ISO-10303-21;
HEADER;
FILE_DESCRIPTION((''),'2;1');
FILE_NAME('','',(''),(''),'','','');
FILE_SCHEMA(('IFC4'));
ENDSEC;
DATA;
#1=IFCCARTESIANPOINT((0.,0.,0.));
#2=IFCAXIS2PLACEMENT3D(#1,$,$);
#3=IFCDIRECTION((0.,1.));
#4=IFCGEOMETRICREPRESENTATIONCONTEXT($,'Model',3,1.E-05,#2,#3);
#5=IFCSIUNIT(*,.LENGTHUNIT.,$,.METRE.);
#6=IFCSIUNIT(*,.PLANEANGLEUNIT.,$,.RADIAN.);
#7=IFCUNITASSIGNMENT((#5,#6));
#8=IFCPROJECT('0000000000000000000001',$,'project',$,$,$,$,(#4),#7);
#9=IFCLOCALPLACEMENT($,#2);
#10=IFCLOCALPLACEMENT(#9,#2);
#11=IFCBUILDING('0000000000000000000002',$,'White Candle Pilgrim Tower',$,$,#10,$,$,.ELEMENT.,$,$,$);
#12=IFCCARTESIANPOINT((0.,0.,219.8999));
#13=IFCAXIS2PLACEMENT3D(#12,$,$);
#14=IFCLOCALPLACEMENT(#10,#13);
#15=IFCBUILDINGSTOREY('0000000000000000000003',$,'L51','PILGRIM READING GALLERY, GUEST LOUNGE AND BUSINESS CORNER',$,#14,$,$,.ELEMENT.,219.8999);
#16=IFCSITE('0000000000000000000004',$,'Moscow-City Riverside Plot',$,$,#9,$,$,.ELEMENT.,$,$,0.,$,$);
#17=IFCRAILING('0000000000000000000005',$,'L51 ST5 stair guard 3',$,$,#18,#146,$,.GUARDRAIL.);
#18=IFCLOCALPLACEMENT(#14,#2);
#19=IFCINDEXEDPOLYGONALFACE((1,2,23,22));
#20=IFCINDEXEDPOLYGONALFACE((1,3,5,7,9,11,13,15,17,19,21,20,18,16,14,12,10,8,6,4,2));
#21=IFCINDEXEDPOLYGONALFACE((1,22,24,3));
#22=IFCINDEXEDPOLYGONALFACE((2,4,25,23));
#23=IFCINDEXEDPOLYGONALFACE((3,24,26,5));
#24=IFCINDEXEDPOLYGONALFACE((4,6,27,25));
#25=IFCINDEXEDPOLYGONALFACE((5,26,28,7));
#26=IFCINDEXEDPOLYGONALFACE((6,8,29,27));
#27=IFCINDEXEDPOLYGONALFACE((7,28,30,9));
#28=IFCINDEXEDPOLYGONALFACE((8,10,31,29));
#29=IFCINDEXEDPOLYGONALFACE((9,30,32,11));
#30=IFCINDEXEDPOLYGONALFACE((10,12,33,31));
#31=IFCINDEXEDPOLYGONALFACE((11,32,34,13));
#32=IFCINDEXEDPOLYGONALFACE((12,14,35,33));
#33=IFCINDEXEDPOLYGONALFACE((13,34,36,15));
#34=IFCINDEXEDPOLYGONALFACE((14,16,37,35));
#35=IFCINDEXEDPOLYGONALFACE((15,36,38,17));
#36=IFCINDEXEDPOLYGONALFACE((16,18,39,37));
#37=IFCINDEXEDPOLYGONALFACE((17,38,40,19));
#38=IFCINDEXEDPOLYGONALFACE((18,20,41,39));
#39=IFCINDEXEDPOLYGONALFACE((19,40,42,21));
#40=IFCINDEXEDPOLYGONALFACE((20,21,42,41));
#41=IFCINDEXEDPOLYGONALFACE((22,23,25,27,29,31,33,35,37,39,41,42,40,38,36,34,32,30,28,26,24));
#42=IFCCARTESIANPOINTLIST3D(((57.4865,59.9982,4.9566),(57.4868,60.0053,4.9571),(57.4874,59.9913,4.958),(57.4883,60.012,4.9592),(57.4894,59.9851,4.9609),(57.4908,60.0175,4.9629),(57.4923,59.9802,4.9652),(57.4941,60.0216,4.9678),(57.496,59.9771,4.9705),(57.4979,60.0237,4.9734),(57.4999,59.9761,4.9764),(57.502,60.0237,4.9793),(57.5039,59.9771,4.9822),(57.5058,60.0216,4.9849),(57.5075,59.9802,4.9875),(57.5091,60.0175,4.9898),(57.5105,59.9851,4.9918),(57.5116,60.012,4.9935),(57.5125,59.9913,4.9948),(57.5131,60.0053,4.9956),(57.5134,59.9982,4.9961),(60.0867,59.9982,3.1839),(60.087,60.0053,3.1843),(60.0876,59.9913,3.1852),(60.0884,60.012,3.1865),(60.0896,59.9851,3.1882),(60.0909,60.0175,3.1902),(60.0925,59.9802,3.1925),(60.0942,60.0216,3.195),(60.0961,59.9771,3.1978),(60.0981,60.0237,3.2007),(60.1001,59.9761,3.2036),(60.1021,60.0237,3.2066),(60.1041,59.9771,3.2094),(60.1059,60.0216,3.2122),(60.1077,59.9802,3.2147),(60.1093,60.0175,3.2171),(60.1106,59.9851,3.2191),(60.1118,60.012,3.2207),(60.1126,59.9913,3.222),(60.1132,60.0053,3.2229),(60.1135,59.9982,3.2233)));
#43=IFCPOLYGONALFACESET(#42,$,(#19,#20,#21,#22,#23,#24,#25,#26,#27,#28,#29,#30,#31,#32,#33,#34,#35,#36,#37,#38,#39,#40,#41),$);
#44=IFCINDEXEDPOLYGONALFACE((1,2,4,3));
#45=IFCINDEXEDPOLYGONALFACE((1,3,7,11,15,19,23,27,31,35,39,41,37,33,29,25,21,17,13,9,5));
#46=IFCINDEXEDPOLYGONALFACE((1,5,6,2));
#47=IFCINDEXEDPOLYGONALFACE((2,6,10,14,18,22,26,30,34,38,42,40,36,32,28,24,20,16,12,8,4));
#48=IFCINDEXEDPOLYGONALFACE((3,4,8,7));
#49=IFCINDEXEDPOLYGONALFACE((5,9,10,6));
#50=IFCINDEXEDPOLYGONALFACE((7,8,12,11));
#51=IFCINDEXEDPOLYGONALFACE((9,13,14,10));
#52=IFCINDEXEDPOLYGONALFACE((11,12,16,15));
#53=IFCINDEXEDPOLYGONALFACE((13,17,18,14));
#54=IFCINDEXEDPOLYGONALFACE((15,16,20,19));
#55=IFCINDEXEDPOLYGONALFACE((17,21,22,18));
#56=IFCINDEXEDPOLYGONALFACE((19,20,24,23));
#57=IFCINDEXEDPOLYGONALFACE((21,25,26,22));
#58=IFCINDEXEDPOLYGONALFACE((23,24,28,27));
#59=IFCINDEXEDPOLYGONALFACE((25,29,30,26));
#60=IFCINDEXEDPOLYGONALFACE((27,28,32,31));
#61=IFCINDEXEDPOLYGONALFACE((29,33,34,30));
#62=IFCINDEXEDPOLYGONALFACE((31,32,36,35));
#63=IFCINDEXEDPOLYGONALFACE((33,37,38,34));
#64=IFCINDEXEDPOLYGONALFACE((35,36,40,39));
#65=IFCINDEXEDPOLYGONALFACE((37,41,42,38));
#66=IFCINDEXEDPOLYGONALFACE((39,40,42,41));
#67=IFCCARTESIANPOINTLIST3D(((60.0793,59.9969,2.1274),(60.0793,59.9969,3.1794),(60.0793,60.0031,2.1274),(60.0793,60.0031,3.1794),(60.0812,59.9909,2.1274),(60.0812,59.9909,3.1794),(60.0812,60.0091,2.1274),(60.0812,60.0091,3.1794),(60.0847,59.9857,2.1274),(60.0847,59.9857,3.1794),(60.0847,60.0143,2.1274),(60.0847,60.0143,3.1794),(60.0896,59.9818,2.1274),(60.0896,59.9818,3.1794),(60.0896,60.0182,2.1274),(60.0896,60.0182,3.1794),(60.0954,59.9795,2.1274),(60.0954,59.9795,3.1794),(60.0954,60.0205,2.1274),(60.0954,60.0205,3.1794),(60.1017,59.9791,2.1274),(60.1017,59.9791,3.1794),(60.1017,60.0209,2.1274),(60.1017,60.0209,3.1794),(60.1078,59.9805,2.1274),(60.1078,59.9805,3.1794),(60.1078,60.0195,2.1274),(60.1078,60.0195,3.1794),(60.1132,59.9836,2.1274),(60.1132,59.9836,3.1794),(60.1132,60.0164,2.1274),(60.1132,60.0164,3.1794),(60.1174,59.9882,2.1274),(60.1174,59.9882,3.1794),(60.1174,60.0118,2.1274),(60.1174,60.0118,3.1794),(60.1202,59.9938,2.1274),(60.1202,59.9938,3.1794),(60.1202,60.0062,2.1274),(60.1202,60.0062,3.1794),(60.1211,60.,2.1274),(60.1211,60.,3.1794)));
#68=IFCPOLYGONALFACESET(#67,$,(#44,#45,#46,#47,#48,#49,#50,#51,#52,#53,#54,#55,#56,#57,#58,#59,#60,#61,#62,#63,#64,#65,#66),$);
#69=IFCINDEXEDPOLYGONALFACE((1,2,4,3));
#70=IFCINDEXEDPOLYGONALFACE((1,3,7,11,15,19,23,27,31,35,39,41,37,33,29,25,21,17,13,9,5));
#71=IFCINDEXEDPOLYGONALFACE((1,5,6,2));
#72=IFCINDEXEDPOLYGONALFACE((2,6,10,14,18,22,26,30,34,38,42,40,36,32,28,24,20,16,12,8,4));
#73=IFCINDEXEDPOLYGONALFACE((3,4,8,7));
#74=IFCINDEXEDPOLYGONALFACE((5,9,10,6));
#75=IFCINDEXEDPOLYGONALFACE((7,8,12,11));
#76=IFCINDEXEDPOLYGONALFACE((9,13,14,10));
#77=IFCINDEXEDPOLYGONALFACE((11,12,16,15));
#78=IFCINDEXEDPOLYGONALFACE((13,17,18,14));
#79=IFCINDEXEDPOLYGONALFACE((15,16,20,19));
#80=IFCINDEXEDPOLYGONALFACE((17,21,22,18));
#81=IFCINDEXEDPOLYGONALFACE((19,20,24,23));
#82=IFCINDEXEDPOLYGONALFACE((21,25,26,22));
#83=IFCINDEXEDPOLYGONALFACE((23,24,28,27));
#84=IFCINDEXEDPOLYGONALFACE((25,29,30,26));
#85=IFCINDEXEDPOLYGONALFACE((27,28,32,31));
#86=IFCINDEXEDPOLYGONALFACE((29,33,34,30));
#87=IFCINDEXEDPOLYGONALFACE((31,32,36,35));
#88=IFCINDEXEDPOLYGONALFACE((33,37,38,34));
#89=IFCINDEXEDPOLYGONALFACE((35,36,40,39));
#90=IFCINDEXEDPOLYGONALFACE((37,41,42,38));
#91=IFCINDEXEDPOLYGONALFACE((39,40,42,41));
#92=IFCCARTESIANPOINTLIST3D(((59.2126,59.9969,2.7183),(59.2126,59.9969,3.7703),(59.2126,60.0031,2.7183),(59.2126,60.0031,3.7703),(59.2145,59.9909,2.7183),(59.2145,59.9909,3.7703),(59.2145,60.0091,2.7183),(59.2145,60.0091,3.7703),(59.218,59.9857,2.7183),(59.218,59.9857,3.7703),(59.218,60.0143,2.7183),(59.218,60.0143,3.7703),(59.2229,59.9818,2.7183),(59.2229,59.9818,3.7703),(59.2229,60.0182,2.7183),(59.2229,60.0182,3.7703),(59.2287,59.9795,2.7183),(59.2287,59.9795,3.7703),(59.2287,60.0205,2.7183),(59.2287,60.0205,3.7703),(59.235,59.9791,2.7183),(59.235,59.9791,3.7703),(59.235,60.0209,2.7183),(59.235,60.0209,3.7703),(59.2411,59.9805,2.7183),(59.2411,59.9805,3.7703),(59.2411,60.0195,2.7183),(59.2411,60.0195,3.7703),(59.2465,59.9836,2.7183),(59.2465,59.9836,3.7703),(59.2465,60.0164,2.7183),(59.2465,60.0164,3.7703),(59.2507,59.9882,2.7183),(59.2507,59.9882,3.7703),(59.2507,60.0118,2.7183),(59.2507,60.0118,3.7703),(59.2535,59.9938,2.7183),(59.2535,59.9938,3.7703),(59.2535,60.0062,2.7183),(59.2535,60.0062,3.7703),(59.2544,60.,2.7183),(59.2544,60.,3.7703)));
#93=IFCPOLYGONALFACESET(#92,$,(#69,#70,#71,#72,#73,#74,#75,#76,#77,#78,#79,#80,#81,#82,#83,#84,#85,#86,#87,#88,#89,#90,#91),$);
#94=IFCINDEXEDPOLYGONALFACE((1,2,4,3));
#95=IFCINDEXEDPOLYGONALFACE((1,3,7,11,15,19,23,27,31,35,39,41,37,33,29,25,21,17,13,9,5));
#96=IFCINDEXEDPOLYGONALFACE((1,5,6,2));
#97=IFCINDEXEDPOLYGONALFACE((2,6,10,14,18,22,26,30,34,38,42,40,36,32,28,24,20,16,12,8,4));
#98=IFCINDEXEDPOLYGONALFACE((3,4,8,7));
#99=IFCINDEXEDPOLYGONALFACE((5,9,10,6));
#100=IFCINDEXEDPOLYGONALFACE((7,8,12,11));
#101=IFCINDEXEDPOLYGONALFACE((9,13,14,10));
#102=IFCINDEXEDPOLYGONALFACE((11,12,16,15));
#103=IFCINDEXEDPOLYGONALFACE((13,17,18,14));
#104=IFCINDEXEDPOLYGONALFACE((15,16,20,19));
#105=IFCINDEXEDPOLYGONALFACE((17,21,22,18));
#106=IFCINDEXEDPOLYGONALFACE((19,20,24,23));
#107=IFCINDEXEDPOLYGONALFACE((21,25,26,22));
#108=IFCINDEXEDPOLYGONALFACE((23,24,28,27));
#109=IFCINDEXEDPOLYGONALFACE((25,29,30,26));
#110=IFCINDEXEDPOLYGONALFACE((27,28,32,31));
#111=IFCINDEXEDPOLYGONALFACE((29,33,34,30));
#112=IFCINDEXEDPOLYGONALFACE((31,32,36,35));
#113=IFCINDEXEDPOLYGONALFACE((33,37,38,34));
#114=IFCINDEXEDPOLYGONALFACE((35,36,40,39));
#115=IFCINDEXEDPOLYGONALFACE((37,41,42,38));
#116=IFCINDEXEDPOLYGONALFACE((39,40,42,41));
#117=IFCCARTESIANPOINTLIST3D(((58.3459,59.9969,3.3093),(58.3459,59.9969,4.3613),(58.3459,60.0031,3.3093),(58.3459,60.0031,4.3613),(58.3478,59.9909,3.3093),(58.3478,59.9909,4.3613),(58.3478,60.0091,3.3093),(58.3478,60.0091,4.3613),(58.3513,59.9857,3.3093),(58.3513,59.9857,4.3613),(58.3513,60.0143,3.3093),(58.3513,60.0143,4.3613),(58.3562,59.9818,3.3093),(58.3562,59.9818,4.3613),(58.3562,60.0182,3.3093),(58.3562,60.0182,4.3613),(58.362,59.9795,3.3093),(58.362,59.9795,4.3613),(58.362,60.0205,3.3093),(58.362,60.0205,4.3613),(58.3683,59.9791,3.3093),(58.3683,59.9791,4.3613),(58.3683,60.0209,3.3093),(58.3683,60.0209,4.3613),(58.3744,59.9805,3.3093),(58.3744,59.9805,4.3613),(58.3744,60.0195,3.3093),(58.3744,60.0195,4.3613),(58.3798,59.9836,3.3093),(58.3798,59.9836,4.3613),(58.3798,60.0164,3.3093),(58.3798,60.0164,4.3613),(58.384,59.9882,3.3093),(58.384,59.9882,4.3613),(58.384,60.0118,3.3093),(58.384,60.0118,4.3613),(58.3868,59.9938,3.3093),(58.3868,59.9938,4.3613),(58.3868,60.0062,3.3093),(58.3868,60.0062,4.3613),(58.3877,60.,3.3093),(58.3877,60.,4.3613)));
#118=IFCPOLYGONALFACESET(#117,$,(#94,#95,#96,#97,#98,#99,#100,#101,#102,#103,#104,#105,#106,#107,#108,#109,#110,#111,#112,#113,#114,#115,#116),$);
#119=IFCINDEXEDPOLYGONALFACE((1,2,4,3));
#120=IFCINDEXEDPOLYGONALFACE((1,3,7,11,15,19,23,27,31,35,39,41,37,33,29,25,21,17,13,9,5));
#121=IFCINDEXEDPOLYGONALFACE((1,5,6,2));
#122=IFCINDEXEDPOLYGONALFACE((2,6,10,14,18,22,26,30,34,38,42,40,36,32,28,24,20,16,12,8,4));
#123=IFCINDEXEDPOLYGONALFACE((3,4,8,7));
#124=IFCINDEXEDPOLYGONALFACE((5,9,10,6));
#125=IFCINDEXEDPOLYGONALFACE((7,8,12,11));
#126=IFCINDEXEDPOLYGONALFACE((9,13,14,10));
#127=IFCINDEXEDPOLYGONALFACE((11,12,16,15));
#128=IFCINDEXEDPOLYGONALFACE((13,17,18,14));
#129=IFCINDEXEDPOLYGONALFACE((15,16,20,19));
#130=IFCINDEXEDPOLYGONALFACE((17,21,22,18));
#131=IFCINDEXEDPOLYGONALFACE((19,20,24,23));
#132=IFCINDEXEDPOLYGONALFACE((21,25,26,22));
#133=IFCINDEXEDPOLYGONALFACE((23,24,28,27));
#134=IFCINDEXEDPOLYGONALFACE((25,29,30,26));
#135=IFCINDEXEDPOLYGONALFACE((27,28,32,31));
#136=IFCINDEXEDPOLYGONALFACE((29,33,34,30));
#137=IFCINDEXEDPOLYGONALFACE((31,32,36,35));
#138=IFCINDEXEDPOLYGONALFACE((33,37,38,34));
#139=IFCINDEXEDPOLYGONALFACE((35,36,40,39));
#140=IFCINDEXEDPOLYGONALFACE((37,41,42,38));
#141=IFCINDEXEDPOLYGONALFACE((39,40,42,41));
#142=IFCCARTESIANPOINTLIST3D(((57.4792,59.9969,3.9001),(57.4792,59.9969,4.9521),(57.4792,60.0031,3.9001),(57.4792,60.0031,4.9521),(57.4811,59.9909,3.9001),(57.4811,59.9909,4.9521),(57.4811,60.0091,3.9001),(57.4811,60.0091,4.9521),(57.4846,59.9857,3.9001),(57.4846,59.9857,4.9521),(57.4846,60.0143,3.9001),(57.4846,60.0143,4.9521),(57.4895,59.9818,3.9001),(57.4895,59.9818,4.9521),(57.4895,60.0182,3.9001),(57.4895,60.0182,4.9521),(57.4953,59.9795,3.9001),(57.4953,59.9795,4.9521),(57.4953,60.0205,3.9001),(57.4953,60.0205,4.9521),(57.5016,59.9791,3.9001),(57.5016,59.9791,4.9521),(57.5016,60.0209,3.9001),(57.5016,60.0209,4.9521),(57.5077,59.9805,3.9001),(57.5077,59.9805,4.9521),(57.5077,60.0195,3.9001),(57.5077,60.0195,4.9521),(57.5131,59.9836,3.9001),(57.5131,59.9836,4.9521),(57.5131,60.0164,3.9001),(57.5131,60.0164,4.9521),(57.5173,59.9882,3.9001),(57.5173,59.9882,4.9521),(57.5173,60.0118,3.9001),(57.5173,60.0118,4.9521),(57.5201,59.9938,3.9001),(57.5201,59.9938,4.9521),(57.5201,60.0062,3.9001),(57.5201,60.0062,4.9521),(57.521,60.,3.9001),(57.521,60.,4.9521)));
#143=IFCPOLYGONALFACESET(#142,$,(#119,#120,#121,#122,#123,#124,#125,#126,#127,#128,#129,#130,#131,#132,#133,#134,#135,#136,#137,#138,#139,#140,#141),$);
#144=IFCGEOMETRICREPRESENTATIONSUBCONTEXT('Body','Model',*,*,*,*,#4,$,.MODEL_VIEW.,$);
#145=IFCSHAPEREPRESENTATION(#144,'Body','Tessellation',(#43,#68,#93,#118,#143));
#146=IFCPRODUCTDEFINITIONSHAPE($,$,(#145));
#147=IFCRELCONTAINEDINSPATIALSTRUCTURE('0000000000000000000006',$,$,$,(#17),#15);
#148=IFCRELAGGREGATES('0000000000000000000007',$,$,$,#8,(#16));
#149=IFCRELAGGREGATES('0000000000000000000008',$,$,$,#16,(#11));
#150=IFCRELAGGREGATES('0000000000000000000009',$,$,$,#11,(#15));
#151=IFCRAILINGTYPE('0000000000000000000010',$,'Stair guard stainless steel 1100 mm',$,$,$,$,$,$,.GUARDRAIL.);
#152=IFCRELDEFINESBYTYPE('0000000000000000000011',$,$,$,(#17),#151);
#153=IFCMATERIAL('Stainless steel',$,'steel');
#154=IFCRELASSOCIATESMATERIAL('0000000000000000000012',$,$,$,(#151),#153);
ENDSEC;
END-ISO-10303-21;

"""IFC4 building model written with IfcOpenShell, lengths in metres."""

from ifc_helpers import new_model, si_unit, direction, frame, origin, origin_2d, place, context, subcontext, project, spatial, circle, extrude, material, type_object, element, save


model = new_model("IFC4")

# Units and contexts
model_context = context("Model", 3, precision=1e-05, world=origin(), true_north=direction((0.0, 1.0)))
body_context = subcontext(model_context, "Body", "Model", "MODEL_VIEW")
ifc_project = project(units=[si_unit("LENGTHUNIT", "METRE"), si_unit("PLANEANGLEUNIT", "RADIAN")], contexts=[model_context])

# Site, building, storey
site_placement = place(None, origin())
site = spatial("IfcSite", under=ifc_project, at=site_placement, Name="Moscow-City Riverside Plot", CompositionType="ELEMENT", RefElevation=0.0)
building_placement = place(site_placement, origin())
building = spatial("IfcBuilding", under=site, at=building_placement, Name="White Candle Pilgrim Tower", CompositionType="ELEMENT")
storey_placement = place(building_placement, frame((0.0, 0.0, 219.8999)))
storey = spatial("IfcBuildingStorey", under=building, at=storey_placement, Name="L51", Description="PILGRIM READING GALLERY, GUEST LOUNGE AND BUSINESS CORNER", CompositionType="ELEMENT", Elevation=219.8999)

# Railing
ifc_material_1 = material(Name="Stainless steel", Category="steel")
railing_type_1 = type_object("IfcRailingType", Name="Stair guard stainless steel 1100 mm", PredefinedType="GUARDRAIL", material=ifc_material_1)
railing_1_placement = place(storey_placement, frame((60.1001, 60.0, 2.1274)))
element("IfcRailing", 1, at=railing_1_placement, inside=storey, type_object=railing_type_1, Name="L51 ST5 stair guard 3", PredefinedType="GUARDRAIL", context=body_context, shape_type="SweptSolid", body=[
    extrude(circle(Radius=0.0239, at=origin_2d()), frame((0.0, 0.0, 1.0762), z_axis=(-0.82624, 0.0, 0.563318), x_axis=(0.0, -1.0, 0.0)), (0.0, 0.0, 1.0), 3.147),
    extrude(circle(Radius=0.021, at=origin_2d()), origin(), (0.0, 0.0, 1.0), 1.052),
    extrude(circle(Radius=0.021, at=origin_2d()), frame((-0.8667, 0.0, 0.5908)), (0.0, 0.0, 1.0), 1.052),
    extrude(circle(Radius=0.021, at=origin_2d()), frame((-1.7334, 0.0, 1.1819)), (0.0, 0.0, 1.0), 1.052),
    extrude(circle(Radius=0.021, at=origin_2d()), frame((-2.6001, 0.0, 1.7727)), (0.0, 0.0, 1.0), 1.052),
])

save(model, "model.ifc")
